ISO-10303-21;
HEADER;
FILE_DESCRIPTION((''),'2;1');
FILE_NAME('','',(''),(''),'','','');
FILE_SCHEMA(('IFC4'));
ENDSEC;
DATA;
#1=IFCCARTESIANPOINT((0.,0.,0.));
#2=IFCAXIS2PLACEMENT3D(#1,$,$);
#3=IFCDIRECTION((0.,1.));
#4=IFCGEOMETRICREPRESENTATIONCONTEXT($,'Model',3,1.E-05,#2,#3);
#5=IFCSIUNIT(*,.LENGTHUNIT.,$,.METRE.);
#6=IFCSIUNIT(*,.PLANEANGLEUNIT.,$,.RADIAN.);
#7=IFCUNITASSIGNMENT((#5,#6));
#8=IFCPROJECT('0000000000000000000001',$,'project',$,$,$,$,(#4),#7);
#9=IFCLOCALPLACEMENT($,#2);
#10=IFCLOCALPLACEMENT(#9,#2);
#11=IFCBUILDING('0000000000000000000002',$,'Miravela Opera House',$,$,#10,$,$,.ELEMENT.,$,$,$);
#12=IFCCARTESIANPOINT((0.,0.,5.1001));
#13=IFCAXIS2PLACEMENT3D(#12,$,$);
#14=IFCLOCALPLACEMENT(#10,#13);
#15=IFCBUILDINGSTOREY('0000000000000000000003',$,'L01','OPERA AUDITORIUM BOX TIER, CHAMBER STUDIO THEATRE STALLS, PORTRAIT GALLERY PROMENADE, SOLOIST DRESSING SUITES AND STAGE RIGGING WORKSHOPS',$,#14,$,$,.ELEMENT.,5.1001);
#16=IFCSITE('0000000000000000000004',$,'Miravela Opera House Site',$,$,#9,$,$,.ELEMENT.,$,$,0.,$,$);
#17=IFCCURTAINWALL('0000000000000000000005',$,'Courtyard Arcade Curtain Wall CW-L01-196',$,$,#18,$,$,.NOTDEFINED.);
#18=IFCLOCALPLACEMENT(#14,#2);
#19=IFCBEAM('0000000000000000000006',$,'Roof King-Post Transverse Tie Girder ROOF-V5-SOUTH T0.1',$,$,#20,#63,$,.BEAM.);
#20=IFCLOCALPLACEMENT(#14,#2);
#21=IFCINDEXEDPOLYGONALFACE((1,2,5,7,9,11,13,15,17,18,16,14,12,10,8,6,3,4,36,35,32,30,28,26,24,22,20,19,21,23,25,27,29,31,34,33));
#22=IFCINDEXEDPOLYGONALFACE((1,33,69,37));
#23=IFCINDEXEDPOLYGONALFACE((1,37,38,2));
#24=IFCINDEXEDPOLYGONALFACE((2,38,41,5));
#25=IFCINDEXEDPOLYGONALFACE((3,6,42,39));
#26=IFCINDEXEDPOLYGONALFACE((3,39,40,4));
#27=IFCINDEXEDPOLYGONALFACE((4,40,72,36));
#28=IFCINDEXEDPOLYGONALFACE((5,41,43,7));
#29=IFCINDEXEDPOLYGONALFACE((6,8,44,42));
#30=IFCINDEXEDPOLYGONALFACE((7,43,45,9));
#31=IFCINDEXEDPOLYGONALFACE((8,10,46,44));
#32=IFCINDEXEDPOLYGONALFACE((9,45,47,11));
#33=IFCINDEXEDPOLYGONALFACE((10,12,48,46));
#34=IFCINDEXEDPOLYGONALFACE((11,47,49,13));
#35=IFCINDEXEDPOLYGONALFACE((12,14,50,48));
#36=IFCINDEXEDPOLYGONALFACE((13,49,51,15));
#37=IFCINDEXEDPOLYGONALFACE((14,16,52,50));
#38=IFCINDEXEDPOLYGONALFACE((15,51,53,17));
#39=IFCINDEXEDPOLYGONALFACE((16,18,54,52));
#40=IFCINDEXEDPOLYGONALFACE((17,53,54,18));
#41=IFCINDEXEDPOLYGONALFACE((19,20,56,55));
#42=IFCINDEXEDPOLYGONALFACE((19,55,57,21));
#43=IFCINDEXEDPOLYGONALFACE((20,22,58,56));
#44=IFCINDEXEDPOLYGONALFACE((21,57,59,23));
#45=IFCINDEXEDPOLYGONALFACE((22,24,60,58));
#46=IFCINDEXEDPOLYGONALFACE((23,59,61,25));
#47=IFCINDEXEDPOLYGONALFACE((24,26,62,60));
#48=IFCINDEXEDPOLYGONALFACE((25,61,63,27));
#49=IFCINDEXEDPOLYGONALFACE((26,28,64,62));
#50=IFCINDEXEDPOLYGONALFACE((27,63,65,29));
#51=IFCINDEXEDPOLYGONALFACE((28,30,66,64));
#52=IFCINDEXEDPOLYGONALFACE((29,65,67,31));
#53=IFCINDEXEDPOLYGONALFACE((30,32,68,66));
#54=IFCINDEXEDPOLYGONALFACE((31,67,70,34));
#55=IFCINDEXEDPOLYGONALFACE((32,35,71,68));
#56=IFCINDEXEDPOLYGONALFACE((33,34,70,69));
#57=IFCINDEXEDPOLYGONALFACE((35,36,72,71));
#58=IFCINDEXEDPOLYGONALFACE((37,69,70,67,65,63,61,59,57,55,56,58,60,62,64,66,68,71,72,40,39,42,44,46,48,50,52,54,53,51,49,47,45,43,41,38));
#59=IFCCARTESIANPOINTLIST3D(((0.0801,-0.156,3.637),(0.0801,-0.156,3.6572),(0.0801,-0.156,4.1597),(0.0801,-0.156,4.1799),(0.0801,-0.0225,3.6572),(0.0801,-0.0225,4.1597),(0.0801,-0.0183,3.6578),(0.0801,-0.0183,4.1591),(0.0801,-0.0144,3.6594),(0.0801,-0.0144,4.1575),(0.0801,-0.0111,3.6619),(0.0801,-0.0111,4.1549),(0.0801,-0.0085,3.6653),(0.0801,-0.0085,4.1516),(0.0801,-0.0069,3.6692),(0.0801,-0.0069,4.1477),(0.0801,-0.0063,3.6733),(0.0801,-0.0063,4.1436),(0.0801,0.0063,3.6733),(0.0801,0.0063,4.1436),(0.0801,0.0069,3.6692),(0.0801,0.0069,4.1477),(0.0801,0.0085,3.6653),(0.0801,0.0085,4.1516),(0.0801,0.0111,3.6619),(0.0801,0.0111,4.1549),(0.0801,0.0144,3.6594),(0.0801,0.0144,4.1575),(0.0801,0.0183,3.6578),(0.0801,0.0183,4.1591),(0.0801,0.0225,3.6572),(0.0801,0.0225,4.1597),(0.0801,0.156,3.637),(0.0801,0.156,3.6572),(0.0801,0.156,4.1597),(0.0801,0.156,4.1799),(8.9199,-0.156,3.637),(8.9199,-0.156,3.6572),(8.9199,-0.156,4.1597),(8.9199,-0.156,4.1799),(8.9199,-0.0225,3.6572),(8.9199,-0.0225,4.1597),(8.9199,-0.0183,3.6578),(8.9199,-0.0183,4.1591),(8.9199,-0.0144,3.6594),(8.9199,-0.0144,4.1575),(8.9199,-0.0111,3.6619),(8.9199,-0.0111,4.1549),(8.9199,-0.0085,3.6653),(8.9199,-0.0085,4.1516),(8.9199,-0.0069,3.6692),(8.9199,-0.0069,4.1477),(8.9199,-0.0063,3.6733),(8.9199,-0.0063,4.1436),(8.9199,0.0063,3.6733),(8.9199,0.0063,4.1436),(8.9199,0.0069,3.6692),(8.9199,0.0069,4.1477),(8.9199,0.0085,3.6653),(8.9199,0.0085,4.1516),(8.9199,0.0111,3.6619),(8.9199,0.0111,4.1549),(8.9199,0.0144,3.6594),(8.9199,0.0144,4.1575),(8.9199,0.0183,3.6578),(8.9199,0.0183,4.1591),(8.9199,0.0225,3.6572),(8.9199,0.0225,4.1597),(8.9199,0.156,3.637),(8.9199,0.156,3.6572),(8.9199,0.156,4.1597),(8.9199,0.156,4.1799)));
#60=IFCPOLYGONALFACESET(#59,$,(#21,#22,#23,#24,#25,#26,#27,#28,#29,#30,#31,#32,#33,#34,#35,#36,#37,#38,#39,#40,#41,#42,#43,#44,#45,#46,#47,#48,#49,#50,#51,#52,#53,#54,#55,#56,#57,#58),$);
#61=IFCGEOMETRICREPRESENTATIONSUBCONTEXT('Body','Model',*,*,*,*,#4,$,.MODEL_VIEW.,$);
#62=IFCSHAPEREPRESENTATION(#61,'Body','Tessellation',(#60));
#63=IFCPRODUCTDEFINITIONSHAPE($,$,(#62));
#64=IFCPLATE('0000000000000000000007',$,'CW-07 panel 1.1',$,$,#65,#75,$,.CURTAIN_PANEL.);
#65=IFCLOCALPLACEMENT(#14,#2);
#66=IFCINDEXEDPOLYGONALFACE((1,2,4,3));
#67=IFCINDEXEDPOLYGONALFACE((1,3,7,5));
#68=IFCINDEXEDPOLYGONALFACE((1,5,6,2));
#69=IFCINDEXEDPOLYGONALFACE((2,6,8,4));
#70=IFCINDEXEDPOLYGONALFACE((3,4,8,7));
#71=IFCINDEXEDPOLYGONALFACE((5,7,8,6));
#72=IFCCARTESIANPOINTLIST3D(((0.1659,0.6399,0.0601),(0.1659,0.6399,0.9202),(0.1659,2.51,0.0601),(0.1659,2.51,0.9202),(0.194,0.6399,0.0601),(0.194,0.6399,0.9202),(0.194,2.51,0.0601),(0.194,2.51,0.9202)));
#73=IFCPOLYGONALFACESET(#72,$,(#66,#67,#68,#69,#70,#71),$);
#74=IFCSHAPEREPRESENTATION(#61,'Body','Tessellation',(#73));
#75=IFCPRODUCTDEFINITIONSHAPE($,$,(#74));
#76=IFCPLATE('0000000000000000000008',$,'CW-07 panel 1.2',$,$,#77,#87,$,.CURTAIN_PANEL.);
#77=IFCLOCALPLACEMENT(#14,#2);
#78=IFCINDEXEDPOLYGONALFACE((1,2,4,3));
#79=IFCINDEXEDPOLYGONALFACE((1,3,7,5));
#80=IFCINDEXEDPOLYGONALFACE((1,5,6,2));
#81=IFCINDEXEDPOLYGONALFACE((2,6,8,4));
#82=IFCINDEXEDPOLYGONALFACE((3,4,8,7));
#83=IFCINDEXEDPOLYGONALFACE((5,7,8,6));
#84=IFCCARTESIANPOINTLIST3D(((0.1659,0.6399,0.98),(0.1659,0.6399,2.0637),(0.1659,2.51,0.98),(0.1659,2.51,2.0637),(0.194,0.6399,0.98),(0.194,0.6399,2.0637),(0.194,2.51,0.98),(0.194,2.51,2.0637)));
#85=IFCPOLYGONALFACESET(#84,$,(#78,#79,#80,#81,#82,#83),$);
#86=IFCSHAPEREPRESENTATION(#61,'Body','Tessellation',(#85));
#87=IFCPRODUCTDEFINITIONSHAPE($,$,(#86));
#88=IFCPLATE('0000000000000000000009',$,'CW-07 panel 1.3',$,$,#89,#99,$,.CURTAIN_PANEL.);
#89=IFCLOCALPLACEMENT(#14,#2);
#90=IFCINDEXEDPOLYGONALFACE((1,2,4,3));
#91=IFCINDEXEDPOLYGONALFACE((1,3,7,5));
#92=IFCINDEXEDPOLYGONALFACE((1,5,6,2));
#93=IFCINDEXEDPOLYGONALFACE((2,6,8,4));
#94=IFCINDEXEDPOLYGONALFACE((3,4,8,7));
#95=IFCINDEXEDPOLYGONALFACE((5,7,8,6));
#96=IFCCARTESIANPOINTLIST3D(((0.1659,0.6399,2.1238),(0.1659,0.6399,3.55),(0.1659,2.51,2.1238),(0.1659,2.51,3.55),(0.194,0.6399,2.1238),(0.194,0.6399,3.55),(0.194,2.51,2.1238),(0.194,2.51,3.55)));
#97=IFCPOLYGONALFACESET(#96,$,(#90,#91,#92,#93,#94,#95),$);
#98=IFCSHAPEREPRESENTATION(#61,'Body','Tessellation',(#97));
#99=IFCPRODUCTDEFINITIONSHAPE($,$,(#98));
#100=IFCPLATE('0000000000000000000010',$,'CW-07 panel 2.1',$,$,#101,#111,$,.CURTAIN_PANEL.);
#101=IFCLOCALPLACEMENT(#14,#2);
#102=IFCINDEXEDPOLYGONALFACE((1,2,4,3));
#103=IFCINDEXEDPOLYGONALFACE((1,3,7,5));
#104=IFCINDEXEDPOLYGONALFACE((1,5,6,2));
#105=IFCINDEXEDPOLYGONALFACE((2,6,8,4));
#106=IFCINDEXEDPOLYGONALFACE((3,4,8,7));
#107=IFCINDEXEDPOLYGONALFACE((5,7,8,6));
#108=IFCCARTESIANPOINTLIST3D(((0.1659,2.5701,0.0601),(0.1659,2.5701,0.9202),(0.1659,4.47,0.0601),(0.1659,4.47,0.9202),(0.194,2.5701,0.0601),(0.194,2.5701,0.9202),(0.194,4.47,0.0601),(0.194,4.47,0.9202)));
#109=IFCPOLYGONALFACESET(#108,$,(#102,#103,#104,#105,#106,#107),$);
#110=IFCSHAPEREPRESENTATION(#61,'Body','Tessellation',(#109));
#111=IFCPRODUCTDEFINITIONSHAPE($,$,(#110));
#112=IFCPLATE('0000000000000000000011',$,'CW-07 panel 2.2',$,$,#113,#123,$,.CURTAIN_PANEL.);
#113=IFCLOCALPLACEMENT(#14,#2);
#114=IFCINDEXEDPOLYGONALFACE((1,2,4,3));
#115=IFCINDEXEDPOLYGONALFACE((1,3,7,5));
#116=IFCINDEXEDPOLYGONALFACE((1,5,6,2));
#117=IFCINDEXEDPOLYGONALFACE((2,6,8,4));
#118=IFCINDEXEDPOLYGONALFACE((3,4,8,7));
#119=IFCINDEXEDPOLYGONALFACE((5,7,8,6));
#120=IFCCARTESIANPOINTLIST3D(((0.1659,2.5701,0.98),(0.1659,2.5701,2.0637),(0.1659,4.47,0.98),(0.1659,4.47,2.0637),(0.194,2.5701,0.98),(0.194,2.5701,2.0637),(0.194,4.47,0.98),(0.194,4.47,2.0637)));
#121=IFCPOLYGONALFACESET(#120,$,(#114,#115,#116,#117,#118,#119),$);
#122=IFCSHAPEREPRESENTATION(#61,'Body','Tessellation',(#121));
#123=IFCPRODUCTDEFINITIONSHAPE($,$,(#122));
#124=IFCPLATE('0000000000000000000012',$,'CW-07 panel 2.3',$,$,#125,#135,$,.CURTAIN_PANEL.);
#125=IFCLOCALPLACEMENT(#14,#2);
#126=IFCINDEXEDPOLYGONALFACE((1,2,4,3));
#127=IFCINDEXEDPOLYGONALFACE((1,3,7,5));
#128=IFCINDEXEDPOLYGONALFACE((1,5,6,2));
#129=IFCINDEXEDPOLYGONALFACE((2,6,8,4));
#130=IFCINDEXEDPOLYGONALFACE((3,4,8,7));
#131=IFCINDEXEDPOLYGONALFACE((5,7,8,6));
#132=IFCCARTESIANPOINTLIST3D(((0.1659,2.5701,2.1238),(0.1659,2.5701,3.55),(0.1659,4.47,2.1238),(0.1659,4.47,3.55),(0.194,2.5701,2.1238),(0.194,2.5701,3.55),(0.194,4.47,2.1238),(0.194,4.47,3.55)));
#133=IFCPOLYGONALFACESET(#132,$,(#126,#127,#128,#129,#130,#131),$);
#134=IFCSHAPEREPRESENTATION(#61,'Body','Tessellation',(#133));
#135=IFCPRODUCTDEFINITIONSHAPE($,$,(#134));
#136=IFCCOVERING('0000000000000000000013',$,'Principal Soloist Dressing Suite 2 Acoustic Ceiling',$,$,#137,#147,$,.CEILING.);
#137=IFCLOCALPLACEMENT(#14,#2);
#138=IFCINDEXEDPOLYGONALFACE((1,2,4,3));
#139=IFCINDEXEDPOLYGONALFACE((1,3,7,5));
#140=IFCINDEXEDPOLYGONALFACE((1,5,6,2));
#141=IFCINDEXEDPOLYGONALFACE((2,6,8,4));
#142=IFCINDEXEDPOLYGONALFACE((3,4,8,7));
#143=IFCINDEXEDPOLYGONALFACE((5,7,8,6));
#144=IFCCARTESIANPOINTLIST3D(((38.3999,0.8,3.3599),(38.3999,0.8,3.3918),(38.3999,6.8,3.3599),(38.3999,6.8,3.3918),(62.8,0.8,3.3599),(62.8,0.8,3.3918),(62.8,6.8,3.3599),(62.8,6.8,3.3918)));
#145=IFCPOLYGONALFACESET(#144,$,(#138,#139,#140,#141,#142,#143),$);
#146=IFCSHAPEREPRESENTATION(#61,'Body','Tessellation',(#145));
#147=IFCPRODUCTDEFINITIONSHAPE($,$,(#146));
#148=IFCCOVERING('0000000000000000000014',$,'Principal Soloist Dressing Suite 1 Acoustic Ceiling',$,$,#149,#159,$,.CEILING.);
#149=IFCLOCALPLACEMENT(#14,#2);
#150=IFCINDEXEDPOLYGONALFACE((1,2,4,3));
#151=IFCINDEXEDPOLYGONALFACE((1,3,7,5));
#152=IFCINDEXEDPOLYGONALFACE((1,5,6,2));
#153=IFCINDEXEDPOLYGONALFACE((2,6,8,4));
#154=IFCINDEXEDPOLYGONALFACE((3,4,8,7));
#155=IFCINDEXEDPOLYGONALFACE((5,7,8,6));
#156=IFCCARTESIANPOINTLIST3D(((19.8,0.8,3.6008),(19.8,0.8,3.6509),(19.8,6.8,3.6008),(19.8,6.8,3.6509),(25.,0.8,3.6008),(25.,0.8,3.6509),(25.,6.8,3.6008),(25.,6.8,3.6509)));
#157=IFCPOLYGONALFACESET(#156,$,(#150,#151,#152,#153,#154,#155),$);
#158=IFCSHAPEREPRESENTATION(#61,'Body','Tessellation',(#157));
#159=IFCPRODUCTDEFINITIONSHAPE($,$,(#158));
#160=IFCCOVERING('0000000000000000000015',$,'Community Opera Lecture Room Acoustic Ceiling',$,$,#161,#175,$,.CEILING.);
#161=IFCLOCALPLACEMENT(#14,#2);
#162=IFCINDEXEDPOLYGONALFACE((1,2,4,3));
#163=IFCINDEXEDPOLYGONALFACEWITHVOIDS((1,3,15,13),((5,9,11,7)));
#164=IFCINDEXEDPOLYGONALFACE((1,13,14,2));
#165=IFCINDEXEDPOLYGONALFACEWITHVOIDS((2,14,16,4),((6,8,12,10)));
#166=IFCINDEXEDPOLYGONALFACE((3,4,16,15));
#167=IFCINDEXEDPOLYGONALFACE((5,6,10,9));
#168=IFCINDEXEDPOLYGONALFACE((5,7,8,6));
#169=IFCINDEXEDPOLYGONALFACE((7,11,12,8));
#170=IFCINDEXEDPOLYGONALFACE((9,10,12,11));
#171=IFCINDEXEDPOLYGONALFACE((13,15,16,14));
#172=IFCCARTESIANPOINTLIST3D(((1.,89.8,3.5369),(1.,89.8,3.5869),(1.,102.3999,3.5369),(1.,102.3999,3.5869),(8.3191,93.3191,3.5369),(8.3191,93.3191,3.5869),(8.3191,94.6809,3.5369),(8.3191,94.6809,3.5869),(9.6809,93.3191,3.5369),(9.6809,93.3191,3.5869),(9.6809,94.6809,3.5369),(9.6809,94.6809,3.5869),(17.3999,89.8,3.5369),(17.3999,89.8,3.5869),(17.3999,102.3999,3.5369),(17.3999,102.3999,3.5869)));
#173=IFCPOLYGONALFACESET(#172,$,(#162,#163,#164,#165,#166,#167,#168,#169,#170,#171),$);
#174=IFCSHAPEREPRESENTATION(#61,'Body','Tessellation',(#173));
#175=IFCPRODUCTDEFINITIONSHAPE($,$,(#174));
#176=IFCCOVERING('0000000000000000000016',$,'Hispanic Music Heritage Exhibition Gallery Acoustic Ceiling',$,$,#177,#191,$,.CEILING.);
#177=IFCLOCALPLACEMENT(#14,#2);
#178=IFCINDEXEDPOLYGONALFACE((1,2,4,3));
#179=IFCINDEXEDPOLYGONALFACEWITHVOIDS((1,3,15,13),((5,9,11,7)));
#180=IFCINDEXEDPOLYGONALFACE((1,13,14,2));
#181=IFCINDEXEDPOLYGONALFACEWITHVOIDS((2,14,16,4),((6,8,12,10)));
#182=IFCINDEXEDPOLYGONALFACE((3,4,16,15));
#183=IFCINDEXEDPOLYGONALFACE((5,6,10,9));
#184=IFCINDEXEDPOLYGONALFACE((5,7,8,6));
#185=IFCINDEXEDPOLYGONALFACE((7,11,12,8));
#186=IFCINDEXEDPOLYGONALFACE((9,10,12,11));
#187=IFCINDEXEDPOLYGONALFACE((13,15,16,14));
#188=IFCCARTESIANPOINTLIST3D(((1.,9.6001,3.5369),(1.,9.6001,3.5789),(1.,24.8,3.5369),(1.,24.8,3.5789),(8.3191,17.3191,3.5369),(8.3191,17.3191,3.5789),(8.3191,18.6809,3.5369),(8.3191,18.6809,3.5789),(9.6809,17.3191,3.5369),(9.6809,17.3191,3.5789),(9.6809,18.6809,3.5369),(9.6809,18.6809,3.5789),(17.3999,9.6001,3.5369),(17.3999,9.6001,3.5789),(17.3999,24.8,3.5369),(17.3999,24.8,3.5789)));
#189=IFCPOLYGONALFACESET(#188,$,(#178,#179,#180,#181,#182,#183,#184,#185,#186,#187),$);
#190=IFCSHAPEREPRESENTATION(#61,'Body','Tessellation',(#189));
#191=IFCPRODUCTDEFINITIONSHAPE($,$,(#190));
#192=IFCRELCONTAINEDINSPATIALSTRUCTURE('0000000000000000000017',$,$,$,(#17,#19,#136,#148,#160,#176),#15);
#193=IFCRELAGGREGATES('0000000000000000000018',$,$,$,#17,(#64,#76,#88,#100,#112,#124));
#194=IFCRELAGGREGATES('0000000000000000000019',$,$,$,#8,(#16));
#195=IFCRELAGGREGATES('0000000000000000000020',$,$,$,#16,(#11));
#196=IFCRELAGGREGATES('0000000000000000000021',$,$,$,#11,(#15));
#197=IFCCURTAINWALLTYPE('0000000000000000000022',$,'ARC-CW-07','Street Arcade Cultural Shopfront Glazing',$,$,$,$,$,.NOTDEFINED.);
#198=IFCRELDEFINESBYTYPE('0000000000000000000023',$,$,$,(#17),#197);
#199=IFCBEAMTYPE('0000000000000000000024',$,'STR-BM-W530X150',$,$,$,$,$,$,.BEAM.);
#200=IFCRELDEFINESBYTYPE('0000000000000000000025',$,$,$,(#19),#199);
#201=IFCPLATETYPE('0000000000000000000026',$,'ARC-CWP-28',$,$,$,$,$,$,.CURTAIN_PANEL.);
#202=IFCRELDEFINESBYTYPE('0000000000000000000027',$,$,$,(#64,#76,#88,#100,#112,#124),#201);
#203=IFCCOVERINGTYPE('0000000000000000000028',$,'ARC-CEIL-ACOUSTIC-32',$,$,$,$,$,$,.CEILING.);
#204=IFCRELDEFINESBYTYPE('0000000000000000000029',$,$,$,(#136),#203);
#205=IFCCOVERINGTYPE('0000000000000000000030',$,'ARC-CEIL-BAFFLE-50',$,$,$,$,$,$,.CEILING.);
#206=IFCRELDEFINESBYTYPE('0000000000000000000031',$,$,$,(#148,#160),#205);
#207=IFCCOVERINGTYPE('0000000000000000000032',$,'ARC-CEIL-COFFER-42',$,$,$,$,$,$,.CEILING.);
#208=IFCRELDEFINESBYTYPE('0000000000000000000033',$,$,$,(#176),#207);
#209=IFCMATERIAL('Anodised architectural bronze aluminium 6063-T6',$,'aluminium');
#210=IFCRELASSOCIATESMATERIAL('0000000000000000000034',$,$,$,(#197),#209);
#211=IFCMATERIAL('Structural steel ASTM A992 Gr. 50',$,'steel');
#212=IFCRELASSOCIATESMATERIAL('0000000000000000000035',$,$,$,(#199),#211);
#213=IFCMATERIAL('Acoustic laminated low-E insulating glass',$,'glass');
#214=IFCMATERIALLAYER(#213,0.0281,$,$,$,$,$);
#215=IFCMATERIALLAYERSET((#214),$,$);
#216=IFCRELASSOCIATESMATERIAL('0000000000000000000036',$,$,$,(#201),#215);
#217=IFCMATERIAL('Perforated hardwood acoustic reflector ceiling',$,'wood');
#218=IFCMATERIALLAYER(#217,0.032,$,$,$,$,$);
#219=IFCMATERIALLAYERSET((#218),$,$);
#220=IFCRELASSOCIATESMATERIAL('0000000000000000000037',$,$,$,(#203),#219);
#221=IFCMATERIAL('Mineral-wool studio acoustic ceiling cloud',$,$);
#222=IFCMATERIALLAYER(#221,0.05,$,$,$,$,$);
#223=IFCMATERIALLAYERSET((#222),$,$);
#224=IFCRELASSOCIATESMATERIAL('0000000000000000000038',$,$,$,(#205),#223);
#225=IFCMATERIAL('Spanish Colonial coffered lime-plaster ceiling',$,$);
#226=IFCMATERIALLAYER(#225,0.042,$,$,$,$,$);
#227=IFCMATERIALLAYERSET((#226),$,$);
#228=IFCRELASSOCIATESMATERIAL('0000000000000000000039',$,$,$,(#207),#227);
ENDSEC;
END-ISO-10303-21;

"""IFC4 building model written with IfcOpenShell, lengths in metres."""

from ifc_helpers import new_model, si_unit, direction, frame, origin, origin_2d, place, context, subcontext, project, spatial, polyline, rectangle, i_section, outline, extrude, material, layer, layer_set, material_profile, profile_set, type_object, element, aggregate, save


model = new_model("IFC4")

# Units and contexts
model_context = context("Model", 3, precision=1e-05, world=origin(), true_north=direction((0.0, 1.0)))
body_context = subcontext(model_context, "Body", "Model", "MODEL_VIEW")
ifc_project = project(units=[si_unit("LENGTHUNIT", "METRE"), si_unit("PLANEANGLEUNIT", "RADIAN")], contexts=[model_context])

# Site, building, storey
site_placement = place(None, origin())
site = spatial("IfcSite", under=ifc_project, at=site_placement, Name="Miravela Opera House Site", CompositionType="ELEMENT", RefElevation=0.0)
building_placement = place(site_placement, origin())
building = spatial("IfcBuilding", under=site, at=building_placement, Name="Miravela Opera House", CompositionType="ELEMENT")
storey_placement = place(building_placement, frame((0.0, 0.0, 5.1001)))
storey = spatial("IfcBuildingStorey", under=building, at=storey_placement, Name="L01", Description="OPERA AUDITORIUM BOX TIER, CHAMBER STUDIO THEATRE STALLS, PORTRAIT GALLERY PROMENADE, SOLOIST DRESSING SUITES AND STAGE RIGGING WORKSHOPS", CompositionType="ELEMENT", Elevation=5.1001)

# Curtain wall
ifc_material_1 = material(Name="Anodised architectural bronze aluminium 6063-T6", Category="aluminium")
curtain_wall_type = type_object("IfcCurtainWallType", Name="ARC-CW-07", Description="Street Arcade Cultural Shopfront Glazing", PredefinedType="NOTDEFINED", material=ifc_material_1)
curtain_wall_placement = place(storey_placement, origin())
curtain_wall = element("IfcCurtainWall", 1, at=curtain_wall_placement, inside=storey, type_object=curtain_wall_type, Name="Courtyard Arcade Curtain Wall CW-L01-196", PredefinedType="NOTDEFINED")

# Beam
ifc_material_2 = material(Name="Structural steel ASTM A992 Gr. 50", Category="steel")
ifc_material_profile_1 = material_profile(ifc_material_2, i_section(OverallWidth=0.312, OverallDepth=0.543, WebThickness=0.0127, FlangeThickness=0.0203, FilletRadius=0.0161, at=origin_2d()), Name="W530X150")
ifc_profile_set_1 = profile_set([ifc_material_profile_1])
beam_type = type_object("IfcBeamType", Name="STR-BM-W530X150", PredefinedType="BEAM", material=ifc_profile_set_1)
for number, where, z_axis, x_axis, name in (
    (2, (0.0801, 0.0, 3.9084), (1.0, 0.0, 0.0), (0.0, 1.0, 0.0), "Roof King-Post Transverse Tie Girder ROOF-V5-SOUTH T0.1"),
):
    element("IfcBeam", number, at=place(storey_placement, frame(where, z_axis=z_axis, x_axis=x_axis)), inside=storey, type_object=beam_type, Name=name, PredefinedType="BEAM", context=body_context, shape_type="SweptSolid", body=[
        extrude(i_section(OverallWidth=0.312, OverallDepth=0.543, WebThickness=0.0127, FlangeThickness=0.0203, FilletRadius=0.0161, at=origin_2d()), origin(), (0.0, 0.0, 1.0), 8.8398),
    ])

# Plates
ifc_material_3 = material(Name="Acoustic laminated low-E insulating glass", Category="glass")
ifc_layer_1 = layer(ifc_material_3, 0.0281)
ifc_layer_set_1 = layer_set([ifc_layer_1])
plate_type = type_object("IfcPlateType", Name="ARC-CWP-28", PredefinedType="CURTAIN_PANEL", material=ifc_layer_set_1)
plate_1_placement = place(storey_placement, frame((0.1799, 1.575, 0.0601), z_axis=(0.0, 0.0, 1.0), x_axis=(0.0, 1.0, 0.0)))
plate_1 = element("IfcPlate", 3, at=plate_1_placement, type_object=plate_type, Name="CW-07 panel 1.1", PredefinedType="CURTAIN_PANEL", context=body_context, shape_type="SweptSolid", body=[
    extrude(rectangle(XDim=1.8701, YDim=0.0281, at=origin_2d()), origin(), (0.0, 0.0, 1.0), 0.8601),
])
plate_2_placement = place(storey_placement, frame((0.1799, 1.575, 0.98), z_axis=(0.0, 0.0, 1.0), x_axis=(0.0, 1.0, 0.0)))
plate_2 = element("IfcPlate", 4, at=plate_2_placement, type_object=plate_type, Name="CW-07 panel 1.2", PredefinedType="CURTAIN_PANEL", context=body_context, shape_type="SweptSolid", body=[
    extrude(rectangle(XDim=1.8701, YDim=0.0281, at=origin_2d()), origin(), (0.0, 0.0, 1.0), 1.0837),
])
plate_3_placement = place(storey_placement, frame((0.1799, 1.575, 2.1238), z_axis=(0.0, 0.0, 1.0), x_axis=(0.0, 1.0, 0.0)))
plate_3 = element("IfcPlate", 5, at=plate_3_placement, type_object=plate_type, Name="CW-07 panel 1.3", PredefinedType="CURTAIN_PANEL", context=body_context, shape_type="SweptSolid", body=[
    extrude(rectangle(XDim=1.8701, YDim=0.0281, at=origin_2d()), origin(), (0.0, 0.0, 1.0), 1.4263),
])
plate_4_placement = place(storey_placement, frame((0.1799, 3.52, 0.0601), z_axis=(0.0, 0.0, 1.0), x_axis=(0.0, 1.0, 0.0)))
plate_4 = element("IfcPlate", 6, at=plate_4_placement, type_object=plate_type, Name="CW-07 panel 2.1", PredefinedType="CURTAIN_PANEL", context=body_context, shape_type="SweptSolid", body=[
    extrude(rectangle(XDim=1.8999, YDim=0.0281, at=origin_2d()), origin(), (0.0, 0.0, 1.0), 0.8601),
])
plate_5_placement = place(storey_placement, frame((0.1799, 3.52, 0.98), z_axis=(0.0, 0.0, 1.0), x_axis=(0.0, 1.0, 0.0)))
plate_5 = element("IfcPlate", 7, at=plate_5_placement, type_object=plate_type, Name="CW-07 panel 2.2", PredefinedType="CURTAIN_PANEL", context=body_context, shape_type="SweptSolid", body=[
    extrude(rectangle(XDim=1.8999, YDim=0.0281, at=origin_2d()), origin(), (0.0, 0.0, 1.0), 1.0837),
])
plate_6_placement = place(storey_placement, frame((0.1799, 3.52, 2.1238), z_axis=(0.0, 0.0, 1.0), x_axis=(0.0, 1.0, 0.0)))
plate_6 = element("IfcPlate", 8, at=plate_6_placement, type_object=plate_type, Name="CW-07 panel 2.3", PredefinedType="CURTAIN_PANEL", context=body_context, shape_type="SweptSolid", body=[
    extrude(rectangle(XDim=1.8999, YDim=0.0281, at=origin_2d()), origin(), (0.0, 0.0, 1.0), 1.4263),
])
aggregate(curtain_wall, [plate_1, plate_2, plate_3, plate_4, plate_5, plate_6])

# Coverings
ifc_material_4 = material(Name="Perforated hardwood acoustic reflector ceiling", Category="wood")
ifc_layer_2 = layer(ifc_material_4, 0.032)
ifc_layer_set_2 = layer_set([ifc_layer_2])
covering_type_1 = type_object("IfcCoveringType", Name="ARC-CEIL-ACOUSTIC-32", PredefinedType="CEILING", material=ifc_layer_set_2)
covering_1_placement = place(storey_placement, frame((0.0, 0.0, 3.3599)))
element("IfcCovering", 9, at=covering_1_placement, inside=storey, type_object=covering_type_1, Name="Principal Soloist Dressing Suite 2 Acoustic Ceiling", PredefinedType="CEILING", context=body_context, shape_type="SweptSolid", body=[
    extrude(outline(polyline([(38.3999, 0.8), (62.8, 0.8), (62.8, 6.8), (38.3999, 6.8), (38.3999, 0.8)])), origin(), (0.0, 0.0, 1.0), 0.032),
])
ifc_material_5 = material(Name="Mineral-wool studio acoustic ceiling cloud")
ifc_layer_3 = layer(ifc_material_5, 0.05)
ifc_layer_set_3 = layer_set([ifc_layer_3])
covering_type_2 = type_object("IfcCoveringType", Name="ARC-CEIL-BAFFLE-50", PredefinedType="CEILING", material=ifc_layer_set_3)
covering_2_placement = place(storey_placement, frame((0.0, 0.0, 3.6008)))
element("IfcCovering", 10, at=covering_2_placement, inside=storey, type_object=covering_type_2, Name="Principal Soloist Dressing Suite 1 Acoustic Ceiling", PredefinedType="CEILING", context=body_context, shape_type="SweptSolid", body=[
    extrude(outline(polyline([(19.8, 0.8), (25.0, 0.8), (25.0, 6.8), (19.8, 6.8), (19.8, 0.8)])), origin(), (0.0, 0.0, 1.0), 0.05),
])
covering_3_placement = place(storey_placement, frame((0.0, 0.0, 3.5369)))
element("IfcCovering", 11, at=covering_3_placement, inside=storey, type_object=covering_type_2, Name="Community Opera Lecture Room Acoustic Ceiling", PredefinedType="CEILING", context=body_context, shape_type="SweptSolid", body=[
    extrude(outline(polyline([(1.0, 89.8), (17.3999, 89.8), (17.3999, 102.3999), (1.0, 102.3999), (1.0, 89.8)]), holes=[polyline([(8.3191, 93.3191), (9.6809, 93.3191), (9.6809, 94.6809), (8.3191, 94.6809), (8.3191, 93.3191)])]), origin(), (0.0, 0.0, 1.0), 0.05),
])
ifc_material_6 = material(Name="Spanish Colonial coffered lime-plaster ceiling")
ifc_layer_4 = layer(ifc_material_6, 0.042)
ifc_layer_set_4 = layer_set([ifc_layer_4])
covering_type_3 = type_object("IfcCoveringType", Name="ARC-CEIL-COFFER-42", PredefinedType="CEILING", material=ifc_layer_set_4)
covering_4_placement = place(storey_placement, frame((0.0, 0.0, 3.5369)))
element("IfcCovering", 12, at=covering_4_placement, inside=storey, type_object=covering_type_3, Name="Hispanic Music Heritage Exhibition Gallery Acoustic Ceiling", PredefinedType="CEILING", context=body_context, shape_type="SweptSolid", body=[
    extrude(outline(polyline([(1.0, 9.6001), (17.3999, 9.6001), (17.3999, 24.8), (1.0, 24.8), (1.0, 9.6001)]), holes=[polyline([(8.3191, 17.3191), (9.6809, 17.3191), (9.6809, 18.6809), (8.3191, 18.6809), (8.3191, 17.3191)])]), origin(), (0.0, 0.0, 1.0), 0.042),
])

save(model, "model.ifc")
